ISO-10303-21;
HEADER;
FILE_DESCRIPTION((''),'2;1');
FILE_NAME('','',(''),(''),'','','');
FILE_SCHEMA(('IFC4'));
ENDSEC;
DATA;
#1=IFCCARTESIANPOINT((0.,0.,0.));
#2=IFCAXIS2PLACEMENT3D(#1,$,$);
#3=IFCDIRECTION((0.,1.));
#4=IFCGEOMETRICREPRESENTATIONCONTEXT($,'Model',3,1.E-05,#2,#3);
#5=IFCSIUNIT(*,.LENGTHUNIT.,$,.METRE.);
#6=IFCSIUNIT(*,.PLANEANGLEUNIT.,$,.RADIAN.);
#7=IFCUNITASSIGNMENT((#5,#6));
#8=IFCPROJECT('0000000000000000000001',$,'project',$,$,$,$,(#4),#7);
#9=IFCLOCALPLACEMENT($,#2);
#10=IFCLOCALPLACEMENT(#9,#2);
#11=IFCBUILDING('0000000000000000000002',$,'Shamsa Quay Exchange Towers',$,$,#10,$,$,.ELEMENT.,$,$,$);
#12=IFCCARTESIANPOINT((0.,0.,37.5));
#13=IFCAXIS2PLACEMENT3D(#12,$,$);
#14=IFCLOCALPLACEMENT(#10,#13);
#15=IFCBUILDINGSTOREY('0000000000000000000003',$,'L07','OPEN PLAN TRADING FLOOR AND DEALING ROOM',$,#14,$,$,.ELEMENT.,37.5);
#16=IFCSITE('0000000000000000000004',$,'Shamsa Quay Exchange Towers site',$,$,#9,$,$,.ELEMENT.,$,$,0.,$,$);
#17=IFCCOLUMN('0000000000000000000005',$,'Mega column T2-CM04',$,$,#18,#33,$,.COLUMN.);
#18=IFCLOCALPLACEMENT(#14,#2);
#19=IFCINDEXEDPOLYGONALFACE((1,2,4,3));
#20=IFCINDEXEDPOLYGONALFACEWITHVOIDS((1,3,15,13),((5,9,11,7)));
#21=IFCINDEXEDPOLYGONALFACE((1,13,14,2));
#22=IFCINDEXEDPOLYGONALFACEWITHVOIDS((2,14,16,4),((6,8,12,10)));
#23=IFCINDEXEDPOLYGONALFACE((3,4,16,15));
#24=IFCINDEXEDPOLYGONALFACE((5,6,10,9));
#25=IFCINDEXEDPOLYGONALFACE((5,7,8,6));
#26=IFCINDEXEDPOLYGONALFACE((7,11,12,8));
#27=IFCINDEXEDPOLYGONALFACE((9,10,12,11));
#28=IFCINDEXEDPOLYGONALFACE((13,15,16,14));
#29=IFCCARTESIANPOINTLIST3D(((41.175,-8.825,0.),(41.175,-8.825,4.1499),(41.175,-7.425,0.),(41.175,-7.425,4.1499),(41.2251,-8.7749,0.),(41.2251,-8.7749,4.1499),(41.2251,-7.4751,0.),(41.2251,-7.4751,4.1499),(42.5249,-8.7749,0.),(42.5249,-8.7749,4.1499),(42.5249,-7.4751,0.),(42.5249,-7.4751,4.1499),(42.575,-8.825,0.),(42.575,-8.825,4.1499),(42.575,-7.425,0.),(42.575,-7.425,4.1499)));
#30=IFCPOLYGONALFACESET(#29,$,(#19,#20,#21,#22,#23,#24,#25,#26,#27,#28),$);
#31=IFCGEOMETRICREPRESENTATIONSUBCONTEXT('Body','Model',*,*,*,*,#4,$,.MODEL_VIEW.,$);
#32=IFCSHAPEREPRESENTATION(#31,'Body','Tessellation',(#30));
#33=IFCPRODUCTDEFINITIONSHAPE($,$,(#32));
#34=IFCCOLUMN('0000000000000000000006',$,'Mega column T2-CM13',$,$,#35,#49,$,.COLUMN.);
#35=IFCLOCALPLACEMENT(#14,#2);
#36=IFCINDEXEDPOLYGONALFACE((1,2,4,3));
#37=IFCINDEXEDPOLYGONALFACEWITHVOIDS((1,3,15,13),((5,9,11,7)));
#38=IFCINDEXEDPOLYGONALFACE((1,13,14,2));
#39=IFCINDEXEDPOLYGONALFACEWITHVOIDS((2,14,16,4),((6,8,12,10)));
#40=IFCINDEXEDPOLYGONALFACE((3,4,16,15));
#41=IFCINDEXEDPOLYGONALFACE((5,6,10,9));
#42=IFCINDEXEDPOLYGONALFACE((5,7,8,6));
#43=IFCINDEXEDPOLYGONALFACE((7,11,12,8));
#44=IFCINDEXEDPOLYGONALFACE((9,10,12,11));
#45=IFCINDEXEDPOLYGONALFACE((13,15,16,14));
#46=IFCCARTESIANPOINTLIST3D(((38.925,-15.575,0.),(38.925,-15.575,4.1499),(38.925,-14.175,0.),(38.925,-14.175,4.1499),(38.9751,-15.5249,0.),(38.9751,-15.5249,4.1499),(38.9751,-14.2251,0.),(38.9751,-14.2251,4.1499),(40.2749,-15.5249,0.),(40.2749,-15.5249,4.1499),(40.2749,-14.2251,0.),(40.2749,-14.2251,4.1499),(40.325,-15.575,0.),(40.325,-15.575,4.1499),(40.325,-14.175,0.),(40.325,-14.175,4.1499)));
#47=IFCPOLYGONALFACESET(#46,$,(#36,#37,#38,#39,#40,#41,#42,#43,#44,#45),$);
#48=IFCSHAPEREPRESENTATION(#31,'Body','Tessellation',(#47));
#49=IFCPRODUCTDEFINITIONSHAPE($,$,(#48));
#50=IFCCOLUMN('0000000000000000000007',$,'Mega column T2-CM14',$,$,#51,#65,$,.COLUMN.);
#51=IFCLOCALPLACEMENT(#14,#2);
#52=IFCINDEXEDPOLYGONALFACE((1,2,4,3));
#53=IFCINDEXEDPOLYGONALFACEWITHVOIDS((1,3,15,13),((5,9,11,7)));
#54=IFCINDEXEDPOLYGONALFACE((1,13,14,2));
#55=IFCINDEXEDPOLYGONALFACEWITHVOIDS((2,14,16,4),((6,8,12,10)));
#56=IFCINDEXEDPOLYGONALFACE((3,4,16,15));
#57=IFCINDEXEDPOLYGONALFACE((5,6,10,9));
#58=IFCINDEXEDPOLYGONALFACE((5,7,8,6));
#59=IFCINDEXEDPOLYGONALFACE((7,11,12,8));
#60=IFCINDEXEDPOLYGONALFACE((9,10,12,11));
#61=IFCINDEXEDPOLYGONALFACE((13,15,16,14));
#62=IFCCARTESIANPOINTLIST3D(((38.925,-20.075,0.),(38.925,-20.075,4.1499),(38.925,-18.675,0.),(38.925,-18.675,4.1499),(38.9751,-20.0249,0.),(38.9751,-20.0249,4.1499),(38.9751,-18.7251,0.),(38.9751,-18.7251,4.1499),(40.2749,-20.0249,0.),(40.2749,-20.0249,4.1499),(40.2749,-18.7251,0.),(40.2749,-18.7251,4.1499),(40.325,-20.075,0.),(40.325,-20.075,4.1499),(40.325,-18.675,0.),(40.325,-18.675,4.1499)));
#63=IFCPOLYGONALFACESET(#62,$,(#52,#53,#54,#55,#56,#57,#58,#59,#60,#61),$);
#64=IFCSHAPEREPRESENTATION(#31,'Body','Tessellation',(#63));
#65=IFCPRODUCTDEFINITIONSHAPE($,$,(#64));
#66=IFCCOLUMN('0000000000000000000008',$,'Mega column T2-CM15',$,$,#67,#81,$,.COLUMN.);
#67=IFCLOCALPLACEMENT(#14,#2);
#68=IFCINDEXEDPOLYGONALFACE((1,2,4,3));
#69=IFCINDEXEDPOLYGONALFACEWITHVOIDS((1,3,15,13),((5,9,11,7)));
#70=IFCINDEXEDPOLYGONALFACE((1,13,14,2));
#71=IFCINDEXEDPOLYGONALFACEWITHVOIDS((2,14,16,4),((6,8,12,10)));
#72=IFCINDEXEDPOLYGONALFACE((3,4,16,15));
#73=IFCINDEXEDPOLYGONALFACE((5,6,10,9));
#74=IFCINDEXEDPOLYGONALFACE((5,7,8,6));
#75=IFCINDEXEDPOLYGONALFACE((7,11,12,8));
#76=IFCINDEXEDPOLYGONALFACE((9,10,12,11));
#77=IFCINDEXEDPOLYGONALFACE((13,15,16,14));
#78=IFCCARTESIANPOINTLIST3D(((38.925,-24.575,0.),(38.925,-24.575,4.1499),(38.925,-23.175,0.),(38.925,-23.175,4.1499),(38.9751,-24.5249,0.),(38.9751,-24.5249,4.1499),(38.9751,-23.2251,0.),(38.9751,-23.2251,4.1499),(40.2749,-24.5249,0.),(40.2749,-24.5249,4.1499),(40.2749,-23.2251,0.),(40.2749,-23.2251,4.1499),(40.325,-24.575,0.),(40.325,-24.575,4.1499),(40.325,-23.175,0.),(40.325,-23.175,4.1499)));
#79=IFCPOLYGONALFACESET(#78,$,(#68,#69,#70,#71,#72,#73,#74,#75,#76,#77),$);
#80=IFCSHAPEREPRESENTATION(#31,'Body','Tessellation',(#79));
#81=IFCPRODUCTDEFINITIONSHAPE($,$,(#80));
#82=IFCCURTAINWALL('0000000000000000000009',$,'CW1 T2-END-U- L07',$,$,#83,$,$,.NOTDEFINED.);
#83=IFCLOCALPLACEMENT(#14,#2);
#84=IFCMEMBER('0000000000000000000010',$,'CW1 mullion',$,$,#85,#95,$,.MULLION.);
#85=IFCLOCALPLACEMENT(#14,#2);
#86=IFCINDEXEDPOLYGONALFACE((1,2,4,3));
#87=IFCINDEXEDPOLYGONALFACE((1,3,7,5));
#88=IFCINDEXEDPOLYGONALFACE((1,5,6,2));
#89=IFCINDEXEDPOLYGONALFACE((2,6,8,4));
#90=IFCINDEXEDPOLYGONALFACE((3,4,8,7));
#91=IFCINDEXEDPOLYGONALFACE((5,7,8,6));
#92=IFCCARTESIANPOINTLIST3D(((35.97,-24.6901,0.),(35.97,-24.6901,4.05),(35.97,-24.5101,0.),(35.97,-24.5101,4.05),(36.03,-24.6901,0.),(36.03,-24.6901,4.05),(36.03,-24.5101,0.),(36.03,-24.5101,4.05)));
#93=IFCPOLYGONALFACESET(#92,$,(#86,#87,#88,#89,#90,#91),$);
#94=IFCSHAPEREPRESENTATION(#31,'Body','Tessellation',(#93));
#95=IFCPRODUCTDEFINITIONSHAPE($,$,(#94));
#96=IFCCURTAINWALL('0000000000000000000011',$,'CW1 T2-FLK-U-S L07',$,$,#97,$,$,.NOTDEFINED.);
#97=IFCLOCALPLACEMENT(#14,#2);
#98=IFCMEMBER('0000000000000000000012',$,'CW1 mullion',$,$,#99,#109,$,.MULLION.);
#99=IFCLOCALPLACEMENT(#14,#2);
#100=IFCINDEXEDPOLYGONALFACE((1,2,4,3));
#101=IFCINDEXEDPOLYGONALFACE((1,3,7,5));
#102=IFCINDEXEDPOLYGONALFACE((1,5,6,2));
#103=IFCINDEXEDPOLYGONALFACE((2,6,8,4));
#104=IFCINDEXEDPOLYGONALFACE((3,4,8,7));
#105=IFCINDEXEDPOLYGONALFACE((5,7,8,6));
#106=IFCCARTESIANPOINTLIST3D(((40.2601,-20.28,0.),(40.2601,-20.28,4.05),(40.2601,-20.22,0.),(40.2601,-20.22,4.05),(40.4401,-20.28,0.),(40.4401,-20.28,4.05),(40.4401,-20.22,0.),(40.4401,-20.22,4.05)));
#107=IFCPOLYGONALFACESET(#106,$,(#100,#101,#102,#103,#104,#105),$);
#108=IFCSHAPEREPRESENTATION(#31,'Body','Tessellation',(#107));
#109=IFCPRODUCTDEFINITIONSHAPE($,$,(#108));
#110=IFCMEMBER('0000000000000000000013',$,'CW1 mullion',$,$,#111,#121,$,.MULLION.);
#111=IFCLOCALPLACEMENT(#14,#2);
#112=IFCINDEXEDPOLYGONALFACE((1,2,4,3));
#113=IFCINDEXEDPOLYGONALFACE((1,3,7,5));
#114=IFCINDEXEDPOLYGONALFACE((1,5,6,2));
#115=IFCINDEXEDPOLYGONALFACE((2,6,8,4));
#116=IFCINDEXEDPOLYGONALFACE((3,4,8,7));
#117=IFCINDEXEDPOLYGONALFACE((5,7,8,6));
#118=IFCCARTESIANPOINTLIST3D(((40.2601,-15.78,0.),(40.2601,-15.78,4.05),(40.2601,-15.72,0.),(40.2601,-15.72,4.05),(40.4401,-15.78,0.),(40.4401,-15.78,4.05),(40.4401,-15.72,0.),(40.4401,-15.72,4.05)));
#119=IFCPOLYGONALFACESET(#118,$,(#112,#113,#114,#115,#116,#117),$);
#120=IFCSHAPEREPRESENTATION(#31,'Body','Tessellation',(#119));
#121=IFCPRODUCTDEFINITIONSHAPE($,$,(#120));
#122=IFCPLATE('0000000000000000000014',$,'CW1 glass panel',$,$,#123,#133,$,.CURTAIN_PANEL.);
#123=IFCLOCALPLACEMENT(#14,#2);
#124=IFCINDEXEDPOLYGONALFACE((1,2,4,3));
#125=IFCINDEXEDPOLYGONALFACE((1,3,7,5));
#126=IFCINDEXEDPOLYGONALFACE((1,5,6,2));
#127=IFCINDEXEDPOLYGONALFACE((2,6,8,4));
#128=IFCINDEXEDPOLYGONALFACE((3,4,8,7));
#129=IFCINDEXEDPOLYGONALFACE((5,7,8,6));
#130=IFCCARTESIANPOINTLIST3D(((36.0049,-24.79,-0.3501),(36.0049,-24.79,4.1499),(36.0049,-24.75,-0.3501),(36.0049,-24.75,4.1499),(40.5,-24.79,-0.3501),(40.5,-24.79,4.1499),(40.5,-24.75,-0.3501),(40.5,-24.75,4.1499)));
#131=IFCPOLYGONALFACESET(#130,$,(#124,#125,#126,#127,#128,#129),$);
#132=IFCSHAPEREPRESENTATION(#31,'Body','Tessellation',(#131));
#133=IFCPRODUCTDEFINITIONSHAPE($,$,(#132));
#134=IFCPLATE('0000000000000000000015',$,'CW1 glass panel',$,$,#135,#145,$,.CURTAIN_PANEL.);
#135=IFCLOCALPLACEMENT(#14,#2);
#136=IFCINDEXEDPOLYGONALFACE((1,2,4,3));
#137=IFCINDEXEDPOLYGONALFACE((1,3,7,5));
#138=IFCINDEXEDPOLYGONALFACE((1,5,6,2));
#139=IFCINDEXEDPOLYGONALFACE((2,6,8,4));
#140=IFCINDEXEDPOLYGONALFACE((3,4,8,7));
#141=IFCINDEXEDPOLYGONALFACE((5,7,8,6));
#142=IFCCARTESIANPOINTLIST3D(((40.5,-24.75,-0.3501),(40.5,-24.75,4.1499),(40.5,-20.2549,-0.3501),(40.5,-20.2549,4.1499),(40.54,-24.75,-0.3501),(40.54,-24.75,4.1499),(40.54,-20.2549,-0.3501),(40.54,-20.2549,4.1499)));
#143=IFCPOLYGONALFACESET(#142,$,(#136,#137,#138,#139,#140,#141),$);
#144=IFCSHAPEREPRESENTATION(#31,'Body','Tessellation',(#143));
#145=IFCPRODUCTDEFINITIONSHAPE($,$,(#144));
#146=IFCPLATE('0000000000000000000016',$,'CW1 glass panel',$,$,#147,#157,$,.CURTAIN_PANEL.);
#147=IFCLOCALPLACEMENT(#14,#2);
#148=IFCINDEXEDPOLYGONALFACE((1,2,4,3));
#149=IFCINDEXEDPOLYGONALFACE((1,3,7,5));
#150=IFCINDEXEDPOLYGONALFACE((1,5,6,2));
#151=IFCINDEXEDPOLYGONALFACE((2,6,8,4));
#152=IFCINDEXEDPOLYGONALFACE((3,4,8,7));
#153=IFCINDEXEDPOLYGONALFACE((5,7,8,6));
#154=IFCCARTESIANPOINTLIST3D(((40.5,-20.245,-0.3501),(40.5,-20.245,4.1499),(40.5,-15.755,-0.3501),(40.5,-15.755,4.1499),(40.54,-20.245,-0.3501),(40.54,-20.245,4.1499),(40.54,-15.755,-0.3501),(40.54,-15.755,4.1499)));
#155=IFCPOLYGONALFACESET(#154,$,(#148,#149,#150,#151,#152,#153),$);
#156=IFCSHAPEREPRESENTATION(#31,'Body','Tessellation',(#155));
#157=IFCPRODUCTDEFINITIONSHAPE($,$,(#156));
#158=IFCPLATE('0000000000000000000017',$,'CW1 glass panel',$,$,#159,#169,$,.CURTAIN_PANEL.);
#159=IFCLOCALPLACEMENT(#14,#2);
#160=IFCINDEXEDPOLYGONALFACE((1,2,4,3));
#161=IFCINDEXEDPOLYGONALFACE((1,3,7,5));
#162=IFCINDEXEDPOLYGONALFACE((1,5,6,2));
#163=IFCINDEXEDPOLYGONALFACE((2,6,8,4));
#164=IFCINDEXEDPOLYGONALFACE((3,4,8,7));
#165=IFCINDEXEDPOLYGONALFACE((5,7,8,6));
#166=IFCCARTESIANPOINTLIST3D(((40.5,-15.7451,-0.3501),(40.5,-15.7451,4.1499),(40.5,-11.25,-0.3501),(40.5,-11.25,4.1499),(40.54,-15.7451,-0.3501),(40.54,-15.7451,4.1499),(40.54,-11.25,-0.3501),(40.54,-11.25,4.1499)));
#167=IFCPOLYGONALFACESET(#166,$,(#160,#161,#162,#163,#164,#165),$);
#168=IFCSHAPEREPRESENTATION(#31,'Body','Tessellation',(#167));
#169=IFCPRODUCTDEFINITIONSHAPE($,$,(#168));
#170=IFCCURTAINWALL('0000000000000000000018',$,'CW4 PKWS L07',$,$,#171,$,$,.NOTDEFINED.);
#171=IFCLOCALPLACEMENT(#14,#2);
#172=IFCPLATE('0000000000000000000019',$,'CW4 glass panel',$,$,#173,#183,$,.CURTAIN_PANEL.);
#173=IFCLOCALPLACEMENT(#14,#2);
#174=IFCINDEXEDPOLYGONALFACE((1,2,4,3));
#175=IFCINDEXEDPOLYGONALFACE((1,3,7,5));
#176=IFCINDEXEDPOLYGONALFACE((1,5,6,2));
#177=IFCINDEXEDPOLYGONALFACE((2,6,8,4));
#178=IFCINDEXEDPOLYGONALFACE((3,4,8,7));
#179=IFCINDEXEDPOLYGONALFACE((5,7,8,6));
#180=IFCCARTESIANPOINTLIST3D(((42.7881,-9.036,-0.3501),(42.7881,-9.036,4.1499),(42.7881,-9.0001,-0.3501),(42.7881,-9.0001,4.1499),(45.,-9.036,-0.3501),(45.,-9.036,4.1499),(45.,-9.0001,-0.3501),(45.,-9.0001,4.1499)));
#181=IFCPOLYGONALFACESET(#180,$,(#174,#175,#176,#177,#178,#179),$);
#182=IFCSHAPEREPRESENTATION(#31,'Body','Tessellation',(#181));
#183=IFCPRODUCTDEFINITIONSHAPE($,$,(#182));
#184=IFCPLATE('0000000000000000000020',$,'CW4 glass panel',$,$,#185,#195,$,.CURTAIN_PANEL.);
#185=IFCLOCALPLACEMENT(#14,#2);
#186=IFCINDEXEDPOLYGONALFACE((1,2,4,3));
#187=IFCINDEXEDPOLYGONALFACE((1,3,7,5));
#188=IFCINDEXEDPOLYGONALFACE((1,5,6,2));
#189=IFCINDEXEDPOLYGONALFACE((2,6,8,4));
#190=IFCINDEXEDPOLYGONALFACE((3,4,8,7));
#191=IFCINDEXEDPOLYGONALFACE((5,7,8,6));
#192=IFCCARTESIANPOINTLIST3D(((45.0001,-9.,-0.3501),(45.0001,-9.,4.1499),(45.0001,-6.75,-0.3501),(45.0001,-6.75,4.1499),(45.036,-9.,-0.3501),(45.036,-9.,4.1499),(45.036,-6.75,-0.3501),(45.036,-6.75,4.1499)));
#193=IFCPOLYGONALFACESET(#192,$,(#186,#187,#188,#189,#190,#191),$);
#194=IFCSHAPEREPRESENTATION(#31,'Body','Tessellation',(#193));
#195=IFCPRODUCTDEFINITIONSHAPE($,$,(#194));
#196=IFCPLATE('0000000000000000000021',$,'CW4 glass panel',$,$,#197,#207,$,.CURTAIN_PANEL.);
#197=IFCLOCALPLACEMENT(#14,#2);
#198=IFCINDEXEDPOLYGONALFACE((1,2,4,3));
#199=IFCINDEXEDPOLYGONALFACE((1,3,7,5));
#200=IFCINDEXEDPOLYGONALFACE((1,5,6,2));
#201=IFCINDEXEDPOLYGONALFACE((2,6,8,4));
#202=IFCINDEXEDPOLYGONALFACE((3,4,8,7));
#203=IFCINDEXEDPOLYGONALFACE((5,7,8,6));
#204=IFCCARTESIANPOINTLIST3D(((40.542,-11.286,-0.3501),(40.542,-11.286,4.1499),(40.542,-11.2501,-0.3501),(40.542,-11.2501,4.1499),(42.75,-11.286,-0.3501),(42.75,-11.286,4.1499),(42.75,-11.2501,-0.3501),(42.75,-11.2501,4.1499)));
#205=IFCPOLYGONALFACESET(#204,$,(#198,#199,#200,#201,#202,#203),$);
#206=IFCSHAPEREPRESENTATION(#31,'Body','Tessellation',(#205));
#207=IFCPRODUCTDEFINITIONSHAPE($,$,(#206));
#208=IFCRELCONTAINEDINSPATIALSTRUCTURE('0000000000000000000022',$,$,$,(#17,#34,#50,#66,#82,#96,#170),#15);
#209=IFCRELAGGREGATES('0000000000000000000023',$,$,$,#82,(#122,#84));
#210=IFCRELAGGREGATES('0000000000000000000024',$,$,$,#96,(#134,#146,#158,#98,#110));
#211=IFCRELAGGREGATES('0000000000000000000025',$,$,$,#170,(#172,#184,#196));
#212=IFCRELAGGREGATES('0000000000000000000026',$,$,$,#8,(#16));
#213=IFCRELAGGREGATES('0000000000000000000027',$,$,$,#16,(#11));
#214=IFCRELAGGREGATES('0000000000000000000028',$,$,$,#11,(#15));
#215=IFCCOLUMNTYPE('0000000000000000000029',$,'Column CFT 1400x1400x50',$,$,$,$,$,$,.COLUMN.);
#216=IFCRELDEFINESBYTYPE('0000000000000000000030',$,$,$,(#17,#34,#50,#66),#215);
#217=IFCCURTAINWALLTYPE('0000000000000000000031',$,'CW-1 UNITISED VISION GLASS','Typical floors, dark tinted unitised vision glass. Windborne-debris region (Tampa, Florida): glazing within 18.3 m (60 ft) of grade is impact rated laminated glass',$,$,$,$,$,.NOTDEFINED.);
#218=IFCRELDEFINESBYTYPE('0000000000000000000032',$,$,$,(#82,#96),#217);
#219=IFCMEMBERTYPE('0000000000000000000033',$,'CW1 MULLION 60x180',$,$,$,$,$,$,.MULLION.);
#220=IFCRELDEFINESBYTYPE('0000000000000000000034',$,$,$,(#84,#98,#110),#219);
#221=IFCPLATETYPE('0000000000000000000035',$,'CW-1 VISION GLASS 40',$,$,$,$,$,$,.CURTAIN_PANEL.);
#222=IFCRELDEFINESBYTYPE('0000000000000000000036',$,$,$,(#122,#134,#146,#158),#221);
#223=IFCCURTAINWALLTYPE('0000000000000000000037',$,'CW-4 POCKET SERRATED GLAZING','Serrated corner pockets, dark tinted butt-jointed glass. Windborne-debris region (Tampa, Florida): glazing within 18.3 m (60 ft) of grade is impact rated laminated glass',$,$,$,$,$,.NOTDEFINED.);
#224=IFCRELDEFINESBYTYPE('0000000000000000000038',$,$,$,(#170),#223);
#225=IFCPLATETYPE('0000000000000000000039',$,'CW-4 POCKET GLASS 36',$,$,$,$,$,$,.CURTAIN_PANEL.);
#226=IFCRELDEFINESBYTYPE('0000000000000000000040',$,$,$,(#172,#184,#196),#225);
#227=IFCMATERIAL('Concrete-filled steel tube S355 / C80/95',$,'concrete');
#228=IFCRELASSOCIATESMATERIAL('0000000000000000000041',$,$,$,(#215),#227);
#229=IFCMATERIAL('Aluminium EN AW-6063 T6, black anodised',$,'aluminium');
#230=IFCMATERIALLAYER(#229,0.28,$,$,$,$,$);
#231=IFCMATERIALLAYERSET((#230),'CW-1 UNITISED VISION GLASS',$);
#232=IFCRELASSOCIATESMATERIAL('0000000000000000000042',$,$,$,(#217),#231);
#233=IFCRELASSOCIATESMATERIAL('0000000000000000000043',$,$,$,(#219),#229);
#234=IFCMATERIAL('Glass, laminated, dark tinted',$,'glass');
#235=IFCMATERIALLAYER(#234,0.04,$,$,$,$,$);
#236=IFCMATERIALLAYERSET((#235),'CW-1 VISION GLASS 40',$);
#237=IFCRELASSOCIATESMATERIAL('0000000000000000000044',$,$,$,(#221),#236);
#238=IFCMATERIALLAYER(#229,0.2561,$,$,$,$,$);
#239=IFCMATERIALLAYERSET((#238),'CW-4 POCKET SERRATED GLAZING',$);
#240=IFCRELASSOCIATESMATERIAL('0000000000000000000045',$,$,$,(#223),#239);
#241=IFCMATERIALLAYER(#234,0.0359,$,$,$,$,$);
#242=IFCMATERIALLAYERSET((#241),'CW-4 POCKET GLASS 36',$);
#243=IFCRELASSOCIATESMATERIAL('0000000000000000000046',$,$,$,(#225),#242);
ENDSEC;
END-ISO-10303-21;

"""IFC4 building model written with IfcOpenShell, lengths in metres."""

from ifc_helpers import new_model, si_unit, direction, frame, origin, origin_2d, place, context, subcontext, project, spatial, rectangle, hollow_rectangle, extrude, material, layer, layer_set, material_profile, profile_set, type_object, element, aggregate, save


model = new_model("IFC4")

# Units and contexts
model_context = context("Model", 3, precision=1e-05, world=origin(), true_north=direction((0.0, 1.0)))
body_context = subcontext(model_context, "Body", "Model", "MODEL_VIEW")
ifc_project = project(units=[si_unit("LENGTHUNIT", "METRE"), si_unit("PLANEANGLEUNIT", "RADIAN")], contexts=[model_context])

# Site, building, storey
site_placement = place(None, origin())
site = spatial("IfcSite", under=ifc_project, at=site_placement, Name="Shamsa Quay Exchange Towers site", CompositionType="ELEMENT", RefElevation=0.0)
building_placement = place(site_placement, origin())
building = spatial("IfcBuilding", under=site, at=building_placement, Name="Shamsa Quay Exchange Towers", CompositionType="ELEMENT")
storey_placement = place(building_placement, frame((0.0, 0.0, 37.5)))
storey = spatial("IfcBuildingStorey", under=building, at=storey_placement, Name="L07", Description="OPEN PLAN TRADING FLOOR AND DEALING ROOM", CompositionType="ELEMENT", Elevation=37.5)

# Columns
ifc_material_1 = material(Name="Concrete-filled steel tube S355 / C80/95", Category="concrete")
ifc_material_profile_1 = material_profile(ifc_material_1, hollow_rectangle(XDim=1.3999, YDim=1.3999, WallThickness=0.05, at=origin_2d()), Name="CFT 1400x1400x50")
ifc_profile_set_1 = profile_set([ifc_material_profile_1], Name="Concrete-filled steel tube S355 / C80/95")
column_type = type_object("IfcColumnType", Name="Column CFT 1400x1400x50", PredefinedType="COLUMN", material=ifc_profile_set_1)
for number, where, name in (
    (1, (41.875, -8.125, 0.0), "Mega column T2-CM04"),
    (2, (39.625, -14.875, 0.0), "Mega column T2-CM13"),
    (3, (39.625, -19.375, 0.0), "Mega column T2-CM14"),
    (4, (39.625, -23.875, 0.0), "Mega column T2-CM15"),
):
    element("IfcColumn", number, at=place(storey_placement, frame(where)), inside=storey, type_object=column_type, Name=name, PredefinedType="COLUMN", context=body_context, shape_type="SweptSolid", body=[
        extrude(hollow_rectangle(XDim=1.3999, YDim=1.3999, WallThickness=0.05, at=origin_2d()), origin(), (0.0, 0.0, 1.0), 4.1499),
    ])

# Curtain wall, member
ifc_material_2 = material(Name="Aluminium EN AW-6063 T6, black anodised", Category="aluminium")
ifc_layer_1 = layer(ifc_material_2, 0.28)
ifc_layer_set_1 = layer_set([ifc_layer_1], Name="CW-1 UNITISED VISION GLASS")
curtain_wall_type_1 = type_object("IfcCurtainWallType", Name="CW-1 UNITISED VISION GLASS", Description="Typical floors, dark tinted unitised vision glass. Windborne-debris region (Tampa, Florida): glazing within 18.3 m (60 ft) of grade is impact rated laminated glass", PredefinedType="NOTDEFINED", material=ifc_layer_set_1)
curtain_wall_1_placement = place(storey_placement, origin())
curtain_wall_1 = element("IfcCurtainWall", 5, at=curtain_wall_1_placement, inside=storey, type_object=curtain_wall_type_1, Name="CW1 T2-END-U- L07", PredefinedType="NOTDEFINED")
ifc_material_profile_2 = material_profile(ifc_material_2, rectangle(XDim=0.1799, YDim=0.0601, at=origin_2d()), Name="MU60x180")
ifc_profile_set_2 = profile_set([ifc_material_profile_2], Name="Aluminium EN AW-6063 T6, black anodised")
member_type = type_object("IfcMemberType", Name="CW1 MULLION 60x180", PredefinedType="MULLION", material=ifc_profile_set_2)
member_1_placement = place(storey_placement, frame((36.0, -24.6001, 0.0), z_axis=(0.0, 0.0, 1.0), x_axis=(0.0, 1.0, 0.0)))
member_1 = element("IfcMember", 6, at=member_1_placement, type_object=member_type, Name="CW1 mullion", PredefinedType="MULLION", context=body_context, shape_type="SweptSolid", body=[
    extrude(rectangle(XDim=0.1799, YDim=0.0601, at=origin_2d()), origin(), (0.0, 0.0, 1.0), 4.05),
])

# Curtain wall, members
curtain_wall_2_placement = place(storey_placement, origin())
curtain_wall_2 = element("IfcCurtainWall", 7, at=curtain_wall_2_placement, inside=storey, type_object=curtain_wall_type_1, Name="CW1 T2-FLK-U-S L07", PredefinedType="NOTDEFINED")
member_2_placement = place(storey_placement, frame((40.3501, -20.25, 0.0), z_axis=(0.0, 0.0, 1.0), x_axis=(-1.0, 0.0, 0.0)))
member_2 = element("IfcMember", 8, at=member_2_placement, type_object=member_type, Name="CW1 mullion", PredefinedType="MULLION", context=body_context, shape_type="SweptSolid", body=[
    extrude(rectangle(XDim=0.1799, YDim=0.0601, at=origin_2d()), origin(), (0.0, 0.0, 1.0), 4.05),
])
member_3_placement = place(storey_placement, frame((40.3501, -15.75, 0.0), z_axis=(0.0, 0.0, 1.0), x_axis=(-1.0, 0.0, 0.0)))
member_3 = element("IfcMember", 9, at=member_3_placement, type_object=member_type, Name="CW1 mullion", PredefinedType="MULLION", context=body_context, shape_type="SweptSolid", body=[
    extrude(rectangle(XDim=0.1799, YDim=0.0601, at=origin_2d()), origin(), (0.0, 0.0, 1.0), 4.05),
])

# Plates
ifc_material_3 = material(Name="Glass, laminated, dark tinted", Category="glass")
ifc_layer_2 = layer(ifc_material_3, 0.04)
ifc_layer_set_2 = layer_set([ifc_layer_2], Name="CW-1 VISION GLASS 40")
plate_type_1 = type_object("IfcPlateType", Name="CW-1 VISION GLASS 40", PredefinedType="CURTAIN_PANEL", material=ifc_layer_set_2)
plate_1_placement = place(storey_placement, frame((38.2524, -24.77, -0.3501)))
plate_1 = element("IfcPlate", 10, at=plate_1_placement, type_object=plate_type_1, Name="CW1 glass panel", PredefinedType="CURTAIN_PANEL", context=body_context, shape_type="SweptSolid", body=[
    extrude(rectangle(XDim=4.4951, YDim=0.04, at=origin_2d()), origin(), (0.0, 0.0, 1.0), 4.5),
])
aggregate(curtain_wall_1, [plate_1, member_1])
plate_2_placement = place(storey_placement, frame((40.52, -22.5024, -0.3501), z_axis=(0.0, 0.0, 1.0), x_axis=(0.0, 1.0, 0.0)))
plate_2 = element("IfcPlate", 11, at=plate_2_placement, type_object=plate_type_1, Name="CW1 glass panel", PredefinedType="CURTAIN_PANEL", context=body_context, shape_type="SweptSolid", body=[
    extrude(rectangle(XDim=4.4951, YDim=0.04, at=origin_2d()), origin(), (0.0, 0.0, 1.0), 4.5),
])
plate_3_placement = place(storey_placement, frame((40.52, -18.0, -0.3501), z_axis=(0.0, 0.0, 1.0), x_axis=(0.0, 1.0, 0.0)))
plate_3 = element("IfcPlate", 12, at=plate_3_placement, type_object=plate_type_1, Name="CW1 glass panel", PredefinedType="CURTAIN_PANEL", context=body_context, shape_type="SweptSolid", body=[
    extrude(rectangle(XDim=4.49, YDim=0.04, at=origin_2d()), origin(), (0.0, 0.0, 1.0), 4.5),
])
plate_4_placement = place(storey_placement, frame((40.52, -13.4976, -0.3501), z_axis=(0.0, 0.0, 1.0), x_axis=(0.0, 1.0, 0.0)))
plate_4 = element("IfcPlate", 13, at=plate_4_placement, type_object=plate_type_1, Name="CW1 glass panel", PredefinedType="CURTAIN_PANEL", context=body_context, shape_type="SweptSolid", body=[
    extrude(rectangle(XDim=4.4951, YDim=0.04, at=origin_2d()), origin(), (0.0, 0.0, 1.0), 4.5),
])
aggregate(curtain_wall_2, [plate_2, plate_3, plate_4, member_2, member_3])

# Curtain wall, plates
ifc_layer_3 = layer(ifc_material_2, 0.2561)
ifc_layer_set_3 = layer_set([ifc_layer_3], Name="CW-4 POCKET SERRATED GLAZING")
curtain_wall_type_2 = type_object("IfcCurtainWallType", Name="CW-4 POCKET SERRATED GLAZING", Description="Serrated corner pockets, dark tinted butt-jointed glass. Windborne-debris region (Tampa, Florida): glazing within 18.3 m (60 ft) of grade is impact rated laminated glass", PredefinedType="NOTDEFINED", material=ifc_layer_set_3)
curtain_wall_3_placement = place(storey_placement, origin())
curtain_wall_3 = element("IfcCurtainWall", 14, at=curtain_wall_3_placement, inside=storey, type_object=curtain_wall_type_2, Name="CW4 PKWS L07", PredefinedType="NOTDEFINED")
ifc_layer_4 = layer(ifc_material_3, 0.0359)
ifc_layer_set_4 = layer_set([ifc_layer_4], Name="CW-4 POCKET GLASS 36")
plate_type_2 = type_object("IfcPlateType", Name="CW-4 POCKET GLASS 36", PredefinedType="CURTAIN_PANEL", material=ifc_layer_set_4)
plate_5_placement = place(storey_placement, frame((43.894, -9.0181, -0.3501)))
plate_5 = element("IfcPlate", 15, at=plate_5_placement, type_object=plate_type_2, Name="CW4 glass panel", PredefinedType="CURTAIN_PANEL", context=body_context, shape_type="SweptSolid", body=[
    extrude(rectangle(XDim=2.2119, YDim=0.0359, at=origin_2d()), origin(), (0.0, 0.0, 1.0), 4.5),
])
plate_6_placement = place(storey_placement, frame((45.0181, -7.875, -0.3501), z_axis=(0.0, 0.0, 1.0), x_axis=(0.0, 1.0, 0.0)))
plate_6 = element("IfcPlate", 16, at=plate_6_placement, type_object=plate_type_2, Name="CW4 glass panel", PredefinedType="CURTAIN_PANEL", context=body_context, shape_type="SweptSolid", body=[
    extrude(rectangle(XDim=2.25, YDim=0.0359, at=origin_2d()), origin(), (0.0, 0.0, 1.0), 4.5),
])
plate_7_placement = place(storey_placement, frame((41.646, -11.2681, -0.3501)))
plate_7 = element("IfcPlate", 17, at=plate_7_placement, type_object=plate_type_2, Name="CW4 glass panel", PredefinedType="CURTAIN_PANEL", context=body_context, shape_type="SweptSolid", body=[
    extrude(rectangle(XDim=2.208, YDim=0.0359, at=origin_2d()), origin(), (0.0, 0.0, 1.0), 4.5),
])
aggregate(curtain_wall_3, [plate_5, plate_6, plate_7])

save(model, "model.ifc")
